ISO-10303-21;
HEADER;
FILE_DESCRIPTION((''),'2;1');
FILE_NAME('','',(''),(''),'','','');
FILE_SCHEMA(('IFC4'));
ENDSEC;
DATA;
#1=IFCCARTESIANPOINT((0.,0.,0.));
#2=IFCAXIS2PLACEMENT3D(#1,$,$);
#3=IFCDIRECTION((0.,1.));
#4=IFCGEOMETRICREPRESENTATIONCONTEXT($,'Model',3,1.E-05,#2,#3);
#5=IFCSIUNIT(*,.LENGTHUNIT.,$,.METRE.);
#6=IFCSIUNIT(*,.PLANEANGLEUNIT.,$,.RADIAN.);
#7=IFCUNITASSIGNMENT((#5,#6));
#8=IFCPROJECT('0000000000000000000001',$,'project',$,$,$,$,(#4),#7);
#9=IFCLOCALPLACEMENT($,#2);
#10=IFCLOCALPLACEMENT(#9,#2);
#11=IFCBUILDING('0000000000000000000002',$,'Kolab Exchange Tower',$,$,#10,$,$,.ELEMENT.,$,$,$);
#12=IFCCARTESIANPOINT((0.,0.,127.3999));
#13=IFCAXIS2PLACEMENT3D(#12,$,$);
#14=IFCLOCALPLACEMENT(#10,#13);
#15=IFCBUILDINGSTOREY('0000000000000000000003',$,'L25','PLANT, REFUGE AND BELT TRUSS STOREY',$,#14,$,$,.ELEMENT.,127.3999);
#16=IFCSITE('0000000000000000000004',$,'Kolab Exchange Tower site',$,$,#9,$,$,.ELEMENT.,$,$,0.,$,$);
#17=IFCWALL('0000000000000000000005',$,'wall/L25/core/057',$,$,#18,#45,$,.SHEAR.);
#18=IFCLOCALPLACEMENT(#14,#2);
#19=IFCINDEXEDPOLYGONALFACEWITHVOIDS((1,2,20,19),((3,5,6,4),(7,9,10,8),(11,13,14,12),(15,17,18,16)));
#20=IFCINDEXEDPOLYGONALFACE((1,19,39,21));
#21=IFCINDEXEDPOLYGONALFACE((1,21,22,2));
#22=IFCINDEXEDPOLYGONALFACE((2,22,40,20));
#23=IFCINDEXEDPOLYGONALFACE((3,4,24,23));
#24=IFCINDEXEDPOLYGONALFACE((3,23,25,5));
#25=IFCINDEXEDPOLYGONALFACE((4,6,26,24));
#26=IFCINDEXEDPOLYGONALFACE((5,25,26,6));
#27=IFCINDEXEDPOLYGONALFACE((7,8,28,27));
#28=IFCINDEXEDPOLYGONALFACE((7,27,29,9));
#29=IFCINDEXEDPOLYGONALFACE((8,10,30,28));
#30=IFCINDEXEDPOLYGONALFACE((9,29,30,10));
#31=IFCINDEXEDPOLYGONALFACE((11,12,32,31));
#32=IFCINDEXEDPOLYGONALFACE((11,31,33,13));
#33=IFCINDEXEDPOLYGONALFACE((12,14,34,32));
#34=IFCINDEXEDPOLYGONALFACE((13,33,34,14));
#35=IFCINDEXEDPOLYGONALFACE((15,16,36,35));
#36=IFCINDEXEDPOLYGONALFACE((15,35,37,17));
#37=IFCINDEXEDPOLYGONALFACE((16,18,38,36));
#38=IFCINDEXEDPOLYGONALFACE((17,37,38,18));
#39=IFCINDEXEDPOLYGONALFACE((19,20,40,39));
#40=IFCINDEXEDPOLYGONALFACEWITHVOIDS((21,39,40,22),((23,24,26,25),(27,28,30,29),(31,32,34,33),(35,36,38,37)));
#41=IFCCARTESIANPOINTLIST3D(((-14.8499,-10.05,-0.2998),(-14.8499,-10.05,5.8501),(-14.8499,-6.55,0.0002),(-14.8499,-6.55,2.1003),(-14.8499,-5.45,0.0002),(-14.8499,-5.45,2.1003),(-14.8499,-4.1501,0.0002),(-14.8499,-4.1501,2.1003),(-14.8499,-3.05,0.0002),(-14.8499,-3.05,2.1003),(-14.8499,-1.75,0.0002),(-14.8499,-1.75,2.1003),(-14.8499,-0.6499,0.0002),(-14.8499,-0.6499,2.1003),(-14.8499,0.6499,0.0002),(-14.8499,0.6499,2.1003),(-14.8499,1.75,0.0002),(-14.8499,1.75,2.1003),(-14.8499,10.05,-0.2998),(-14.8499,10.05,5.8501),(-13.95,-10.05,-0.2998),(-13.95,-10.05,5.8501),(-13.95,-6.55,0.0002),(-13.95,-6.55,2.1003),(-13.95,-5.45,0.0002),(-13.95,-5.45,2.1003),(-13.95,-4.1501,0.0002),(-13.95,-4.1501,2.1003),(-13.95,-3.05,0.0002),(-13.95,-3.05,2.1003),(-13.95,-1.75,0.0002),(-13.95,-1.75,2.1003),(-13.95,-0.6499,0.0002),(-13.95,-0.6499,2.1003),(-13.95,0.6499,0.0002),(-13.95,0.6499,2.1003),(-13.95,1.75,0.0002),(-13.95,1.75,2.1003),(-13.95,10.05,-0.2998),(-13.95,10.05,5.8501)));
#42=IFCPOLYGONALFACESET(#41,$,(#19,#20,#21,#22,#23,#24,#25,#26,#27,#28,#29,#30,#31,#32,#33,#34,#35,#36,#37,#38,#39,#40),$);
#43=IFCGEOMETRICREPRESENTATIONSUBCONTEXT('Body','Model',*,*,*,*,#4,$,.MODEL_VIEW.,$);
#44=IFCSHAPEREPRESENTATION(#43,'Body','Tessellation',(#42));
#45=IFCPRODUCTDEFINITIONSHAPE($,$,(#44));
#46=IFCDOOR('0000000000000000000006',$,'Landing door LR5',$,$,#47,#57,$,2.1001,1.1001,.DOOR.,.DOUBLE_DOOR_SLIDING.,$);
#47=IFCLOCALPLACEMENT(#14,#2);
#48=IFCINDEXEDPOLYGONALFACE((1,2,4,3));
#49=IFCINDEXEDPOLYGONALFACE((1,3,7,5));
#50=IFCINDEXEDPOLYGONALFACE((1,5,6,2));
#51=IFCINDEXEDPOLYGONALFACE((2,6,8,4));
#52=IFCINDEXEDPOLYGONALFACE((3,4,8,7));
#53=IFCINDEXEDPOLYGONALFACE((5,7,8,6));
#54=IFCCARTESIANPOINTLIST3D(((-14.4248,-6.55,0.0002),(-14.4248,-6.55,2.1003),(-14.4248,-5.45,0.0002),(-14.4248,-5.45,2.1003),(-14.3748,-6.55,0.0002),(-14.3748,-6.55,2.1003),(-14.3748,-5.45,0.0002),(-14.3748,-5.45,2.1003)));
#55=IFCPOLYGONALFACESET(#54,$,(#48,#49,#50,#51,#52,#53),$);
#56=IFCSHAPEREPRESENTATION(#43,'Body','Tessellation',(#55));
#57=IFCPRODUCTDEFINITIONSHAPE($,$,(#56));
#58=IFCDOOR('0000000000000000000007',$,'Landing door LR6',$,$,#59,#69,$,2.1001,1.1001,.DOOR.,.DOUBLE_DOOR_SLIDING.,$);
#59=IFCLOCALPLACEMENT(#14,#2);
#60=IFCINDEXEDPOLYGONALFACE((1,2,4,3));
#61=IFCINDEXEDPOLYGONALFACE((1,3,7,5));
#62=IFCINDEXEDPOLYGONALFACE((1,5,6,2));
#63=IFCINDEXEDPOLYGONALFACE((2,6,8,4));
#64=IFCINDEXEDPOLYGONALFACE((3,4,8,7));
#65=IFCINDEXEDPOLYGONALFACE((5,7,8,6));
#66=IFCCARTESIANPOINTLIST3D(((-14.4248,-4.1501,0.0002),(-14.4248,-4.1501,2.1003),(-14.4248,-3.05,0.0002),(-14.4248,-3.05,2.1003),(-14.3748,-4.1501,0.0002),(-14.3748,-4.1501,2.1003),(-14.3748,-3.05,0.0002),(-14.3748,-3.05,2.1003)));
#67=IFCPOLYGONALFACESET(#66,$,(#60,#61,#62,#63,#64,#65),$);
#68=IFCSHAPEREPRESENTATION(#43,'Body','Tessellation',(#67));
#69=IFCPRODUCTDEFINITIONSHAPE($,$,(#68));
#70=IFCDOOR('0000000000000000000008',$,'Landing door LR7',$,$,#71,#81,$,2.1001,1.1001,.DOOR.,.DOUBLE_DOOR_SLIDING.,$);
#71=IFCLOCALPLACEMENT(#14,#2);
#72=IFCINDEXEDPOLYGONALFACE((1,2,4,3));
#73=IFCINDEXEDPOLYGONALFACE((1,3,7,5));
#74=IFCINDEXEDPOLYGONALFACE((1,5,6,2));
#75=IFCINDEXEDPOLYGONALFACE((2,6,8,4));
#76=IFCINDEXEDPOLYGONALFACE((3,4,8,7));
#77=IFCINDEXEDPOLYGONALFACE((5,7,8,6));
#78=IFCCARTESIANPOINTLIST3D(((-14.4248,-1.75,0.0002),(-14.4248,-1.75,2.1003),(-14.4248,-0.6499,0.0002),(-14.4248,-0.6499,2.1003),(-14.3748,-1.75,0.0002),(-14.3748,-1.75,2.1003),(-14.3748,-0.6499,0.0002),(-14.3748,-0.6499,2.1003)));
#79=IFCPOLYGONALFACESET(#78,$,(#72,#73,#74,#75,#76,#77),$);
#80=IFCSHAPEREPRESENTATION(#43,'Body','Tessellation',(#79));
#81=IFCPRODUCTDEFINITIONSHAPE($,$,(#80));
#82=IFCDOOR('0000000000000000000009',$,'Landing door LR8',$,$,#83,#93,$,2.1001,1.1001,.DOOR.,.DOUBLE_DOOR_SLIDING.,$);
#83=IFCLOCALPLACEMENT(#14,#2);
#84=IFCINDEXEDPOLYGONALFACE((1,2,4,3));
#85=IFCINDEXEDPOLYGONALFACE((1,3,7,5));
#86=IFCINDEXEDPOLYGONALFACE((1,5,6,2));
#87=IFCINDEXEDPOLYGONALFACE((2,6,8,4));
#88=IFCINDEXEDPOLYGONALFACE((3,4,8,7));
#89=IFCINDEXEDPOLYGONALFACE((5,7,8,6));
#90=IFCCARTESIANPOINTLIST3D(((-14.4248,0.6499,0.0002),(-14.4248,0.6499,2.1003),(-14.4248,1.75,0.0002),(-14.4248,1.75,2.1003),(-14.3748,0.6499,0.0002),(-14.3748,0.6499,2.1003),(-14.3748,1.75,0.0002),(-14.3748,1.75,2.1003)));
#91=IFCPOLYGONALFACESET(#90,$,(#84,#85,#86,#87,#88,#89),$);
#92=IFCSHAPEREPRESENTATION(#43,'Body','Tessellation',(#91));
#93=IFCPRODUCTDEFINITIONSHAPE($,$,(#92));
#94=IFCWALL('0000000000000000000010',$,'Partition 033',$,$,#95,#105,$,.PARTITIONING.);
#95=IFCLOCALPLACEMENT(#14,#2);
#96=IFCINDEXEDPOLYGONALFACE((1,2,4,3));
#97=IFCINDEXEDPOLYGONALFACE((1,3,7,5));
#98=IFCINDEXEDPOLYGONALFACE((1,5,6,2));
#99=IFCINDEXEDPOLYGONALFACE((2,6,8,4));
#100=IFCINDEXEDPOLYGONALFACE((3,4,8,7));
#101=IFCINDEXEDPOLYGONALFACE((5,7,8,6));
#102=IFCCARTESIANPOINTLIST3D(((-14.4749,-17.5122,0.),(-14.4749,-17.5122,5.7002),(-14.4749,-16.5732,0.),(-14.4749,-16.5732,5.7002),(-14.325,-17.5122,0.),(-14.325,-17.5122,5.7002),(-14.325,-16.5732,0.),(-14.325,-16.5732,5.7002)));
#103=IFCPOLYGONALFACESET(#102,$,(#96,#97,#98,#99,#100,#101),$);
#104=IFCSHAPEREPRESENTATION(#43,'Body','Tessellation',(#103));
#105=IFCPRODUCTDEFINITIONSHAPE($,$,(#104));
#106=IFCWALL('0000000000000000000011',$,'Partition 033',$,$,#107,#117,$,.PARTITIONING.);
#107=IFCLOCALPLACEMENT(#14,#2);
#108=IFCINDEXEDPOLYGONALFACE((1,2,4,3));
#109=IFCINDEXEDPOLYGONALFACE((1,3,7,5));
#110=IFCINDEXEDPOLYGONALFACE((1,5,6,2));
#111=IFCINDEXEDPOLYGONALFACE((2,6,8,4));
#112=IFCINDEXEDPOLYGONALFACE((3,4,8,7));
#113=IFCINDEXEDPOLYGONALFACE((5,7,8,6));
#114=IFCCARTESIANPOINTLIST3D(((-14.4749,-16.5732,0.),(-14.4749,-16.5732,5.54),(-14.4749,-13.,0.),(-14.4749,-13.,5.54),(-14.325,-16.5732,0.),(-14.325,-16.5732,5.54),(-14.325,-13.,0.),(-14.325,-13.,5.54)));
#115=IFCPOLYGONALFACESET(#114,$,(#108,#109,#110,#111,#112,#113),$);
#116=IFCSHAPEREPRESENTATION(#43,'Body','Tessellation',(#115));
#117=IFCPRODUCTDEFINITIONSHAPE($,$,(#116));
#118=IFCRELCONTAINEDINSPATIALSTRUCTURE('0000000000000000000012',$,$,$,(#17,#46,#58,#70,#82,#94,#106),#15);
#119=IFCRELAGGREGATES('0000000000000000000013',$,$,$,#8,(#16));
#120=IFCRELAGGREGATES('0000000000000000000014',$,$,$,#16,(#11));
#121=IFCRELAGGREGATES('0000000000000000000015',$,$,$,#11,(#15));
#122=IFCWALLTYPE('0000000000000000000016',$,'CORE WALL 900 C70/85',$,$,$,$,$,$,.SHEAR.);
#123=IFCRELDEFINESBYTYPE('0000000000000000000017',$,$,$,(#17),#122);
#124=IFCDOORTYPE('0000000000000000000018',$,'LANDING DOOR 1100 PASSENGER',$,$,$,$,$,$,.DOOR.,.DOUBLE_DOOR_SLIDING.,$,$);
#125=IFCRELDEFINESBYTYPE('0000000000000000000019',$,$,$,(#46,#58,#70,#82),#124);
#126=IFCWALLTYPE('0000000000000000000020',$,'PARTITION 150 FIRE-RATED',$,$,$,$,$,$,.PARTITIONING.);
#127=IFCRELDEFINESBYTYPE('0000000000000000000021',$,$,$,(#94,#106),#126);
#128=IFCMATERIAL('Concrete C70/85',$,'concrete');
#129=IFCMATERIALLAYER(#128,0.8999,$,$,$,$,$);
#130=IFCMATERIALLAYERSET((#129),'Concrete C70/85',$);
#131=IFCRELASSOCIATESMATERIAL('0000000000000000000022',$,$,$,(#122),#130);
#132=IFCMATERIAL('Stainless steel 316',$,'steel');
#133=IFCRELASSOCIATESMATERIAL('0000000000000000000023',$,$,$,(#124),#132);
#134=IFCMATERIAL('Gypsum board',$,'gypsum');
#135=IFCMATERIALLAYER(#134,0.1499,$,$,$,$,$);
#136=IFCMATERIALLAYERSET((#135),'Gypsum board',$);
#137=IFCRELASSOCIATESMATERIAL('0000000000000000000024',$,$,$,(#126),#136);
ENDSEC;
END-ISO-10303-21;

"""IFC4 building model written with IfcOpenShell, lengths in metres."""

from ifc_helpers import new_model, si_unit, direction, frame, frame_2d, origin, place, context, subcontext, project, spatial, rectangle, extrude, material, layer, layer_set, type_object, element, fill, save


model = new_model("IFC4")

# Units and contexts
model_context = context("Model", 3, precision=1e-05, world=origin(), true_north=direction((0.0, 1.0)))
body_context = subcontext(model_context, "Body", "Model", "MODEL_VIEW")
ifc_project = project(units=[si_unit("LENGTHUNIT", "METRE"), si_unit("PLANEANGLEUNIT", "RADIAN")], contexts=[model_context])

# Site, building, storey
site_placement = place(None, origin())
site = spatial("IfcSite", under=ifc_project, at=site_placement, Name="Kolab Exchange Tower site", CompositionType="ELEMENT", RefElevation=0.0)
building_placement = place(site_placement, origin())
building = spatial("IfcBuilding", under=site, at=building_placement, Name="Kolab Exchange Tower", CompositionType="ELEMENT")
storey_placement = place(building_placement, frame((0.0, 0.0, 127.3999)))
storey = spatial("IfcBuildingStorey", under=building, at=storey_placement, Name="L25", Description="PLANT, REFUGE AND BELT TRUSS STOREY", CompositionType="ELEMENT", Elevation=127.3999)

# Wall, openings, doors
ifc_material_1 = material(Name="Concrete C70/85", Category="concrete")
ifc_layer_1 = layer(ifc_material_1, 0.8999)
ifc_layer_set_1 = layer_set([ifc_layer_1], Name="Concrete C70/85")
wall_type_1 = type_object("IfcWallType", Name="CORE WALL 900 C70/85", PredefinedType="SHEAR", material=ifc_layer_set_1)
wall_1_placement = place(storey_placement, frame((-14.3999, -10.05, -0.2998), z_axis=(0.0, 0.0, 1.0), x_axis=(0.0, 1.0, 0.0)))
wall_1 = element("IfcWall", 1, at=wall_1_placement, inside=storey, type_object=wall_type_1, Name="wall/L25/core/057", PredefinedType="SHEAR", context=body_context, shape_type="SweptSolid", body=[
    extrude(rectangle(XDim=20.1001, YDim=0.8999, at=frame_2d((10.05, 0.0))), origin(), (0.0, 0.0, 1.0), 6.1499),
])
opening_1_placement = place(wall_1_placement, frame((3.5, 0.0, 0.3)))
opening_1 = element("IfcOpeningElement", 2, at=opening_1_placement, cuts=wall_1, PredefinedType="OPENING", context=body_context, shape_type="SweptSolid", body=[
    extrude(rectangle(XDim=1.1001, YDim=2.1001, at=frame_2d((0.55, 1.05))), frame((0.0, 0.46, 0.0), z_axis=(0.0, -1.0, 0.0), x_axis=(1.0, 0.0, 0.0)), (0.0, 0.0, 1.0), 0.9199),
])
opening_2_placement = place(wall_1_placement, frame((5.8999, 0.0, 0.3)))
opening_2 = element("IfcOpeningElement", 3, at=opening_2_placement, cuts=wall_1, PredefinedType="OPENING", context=body_context, shape_type="SweptSolid", body=[
    extrude(rectangle(XDim=1.1001, YDim=2.1001, at=frame_2d((0.55, 1.05))), frame((0.0, 0.46, 0.0), z_axis=(0.0, -1.0, 0.0), x_axis=(1.0, 0.0, 0.0)), (0.0, 0.0, 1.0), 0.9199),
])
opening_3_placement = place(wall_1_placement, frame((8.3, 0.0, 0.3)))
opening_3 = element("IfcOpeningElement", 4, at=opening_3_placement, cuts=wall_1, PredefinedType="OPENING", context=body_context, shape_type="SweptSolid", body=[
    extrude(rectangle(XDim=1.1001, YDim=2.1001, at=frame_2d((0.55, 1.05))), frame((0.0, 0.46, 0.0), z_axis=(0.0, -1.0, 0.0), x_axis=(1.0, 0.0, 0.0)), (0.0, 0.0, 1.0), 0.9199),
])
opening_4_placement = place(wall_1_placement, frame((10.7, 0.0, 0.3)))
opening_4 = element("IfcOpeningElement", 5, at=opening_4_placement, cuts=wall_1, PredefinedType="OPENING", context=body_context, shape_type="SweptSolid", body=[
    extrude(rectangle(XDim=1.1001, YDim=2.1001, at=frame_2d((0.55, 1.05))), frame((0.0, 0.46, 0.0), z_axis=(0.0, -1.0, 0.0), x_axis=(1.0, 0.0, 0.0)), (0.0, 0.0, 1.0), 0.9199),
])
ifc_material_2 = material(Name="Stainless steel 316", Category="steel")
door_type_1 = type_object("IfcDoorType", Name="LANDING DOOR 1100 PASSENGER", OperationType="DOUBLE_DOOR_SLIDING", PredefinedType="DOOR", material=ifc_material_2)
door_1_placement = place(opening_1_placement, origin())
door_1 = element("IfcDoor", 6, at=door_1_placement, inside=storey, type_object=door_type_1, Name="Landing door LR5", OperationType="DOUBLE_DOOR_SLIDING", OverallHeight=2.1001, OverallWidth=1.1001, PredefinedType="DOOR", context=body_context, shape_type="SweptSolid", body=[
    extrude(rectangle(XDim=1.1001, YDim=2.1001, at=frame_2d((0.55, 1.05))), frame((0.0, 0.0249, 0.0), z_axis=(0.0, -1.0, 0.0), x_axis=(1.0, 0.0, 0.0)), (0.0, 0.0, 1.0), 0.05),
])
fill(opening_1, door_1)
door_2_placement = place(opening_2_placement, origin())
door_2 = element("IfcDoor", 7, at=door_2_placement, inside=storey, type_object=door_type_1, Name="Landing door LR6", OperationType="DOUBLE_DOOR_SLIDING", OverallHeight=2.1001, OverallWidth=1.1001, PredefinedType="DOOR", context=body_context, shape_type="SweptSolid", body=[
    extrude(rectangle(XDim=1.1001, YDim=2.1001, at=frame_2d((0.55, 1.05))), frame((0.0, 0.0249, 0.0), z_axis=(0.0, -1.0, 0.0), x_axis=(1.0, 0.0, 0.0)), (0.0, 0.0, 1.0), 0.05),
])
fill(opening_2, door_2)
door_3_placement = place(opening_3_placement, origin())
door_3 = element("IfcDoor", 8, at=door_3_placement, inside=storey, type_object=door_type_1, Name="Landing door LR7", OperationType="DOUBLE_DOOR_SLIDING", OverallHeight=2.1001, OverallWidth=1.1001, PredefinedType="DOOR", context=body_context, shape_type="SweptSolid", body=[
    extrude(rectangle(XDim=1.1001, YDim=2.1001, at=frame_2d((0.55, 1.05))), frame((0.0, 0.0249, 0.0), z_axis=(0.0, -1.0, 0.0), x_axis=(1.0, 0.0, 0.0)), (0.0, 0.0, 1.0), 0.05),
])
fill(opening_3, door_3)
door_4_placement = place(opening_4_placement, origin())
door_4 = element("IfcDoor", 9, at=door_4_placement, inside=storey, type_object=door_type_1, Name="Landing door LR8", OperationType="DOUBLE_DOOR_SLIDING", OverallHeight=2.1001, OverallWidth=1.1001, PredefinedType="DOOR", context=body_context, shape_type="SweptSolid", body=[
    extrude(rectangle(XDim=1.1001, YDim=2.1001, at=frame_2d((0.55, 1.05))), frame((0.0, 0.0249, 0.0), z_axis=(0.0, -1.0, 0.0), x_axis=(1.0, 0.0, 0.0)), (0.0, 0.0, 1.0), 0.05),
])
fill(opening_4, door_4)

# Walls
ifc_material_3 = material(Name="Gypsum board", Category="gypsum")
ifc_layer_2 = layer(ifc_material_3, 0.1499)
ifc_layer_set_2 = layer_set([ifc_layer_2], Name="Gypsum board")
wall_type_2 = type_object("IfcWallType", Name="PARTITION 150 FIRE-RATED", PredefinedType="PARTITIONING", material=ifc_layer_set_2)
wall_2_placement = place(storey_placement, frame((-14.3999, -17.5122, 0.0), z_axis=(0.0, 0.0, 1.0), x_axis=(0.0, 1.0, 0.0)))
element("IfcWall", 10, at=wall_2_placement, inside=storey, type_object=wall_type_2, Name="Partition 033", PredefinedType="PARTITIONING", context=body_context, shape_type="SweptSolid", body=[
    extrude(rectangle(XDim=0.939, YDim=0.1499, at=frame_2d((0.4695, 0.0))), origin(), (0.0, 0.0, 1.0), 5.7002),
])
wall_3_placement = place(storey_placement, frame((-14.3999, -16.5732, 0.0), z_axis=(0.0, 0.0, 1.0), x_axis=(0.0, 1.0, 0.0)))
element("IfcWall", 11, at=wall_3_placement, inside=storey, type_object=wall_type_2, Name="Partition 033", PredefinedType="PARTITIONING", context=body_context, shape_type="SweptSolid", body=[
    extrude(rectangle(XDim=3.5732, YDim=0.1499, at=frame_2d((1.7866, 0.0))), origin(), (0.0, 0.0, 1.0), 5.54),
])

save(model, "model.ifc")
